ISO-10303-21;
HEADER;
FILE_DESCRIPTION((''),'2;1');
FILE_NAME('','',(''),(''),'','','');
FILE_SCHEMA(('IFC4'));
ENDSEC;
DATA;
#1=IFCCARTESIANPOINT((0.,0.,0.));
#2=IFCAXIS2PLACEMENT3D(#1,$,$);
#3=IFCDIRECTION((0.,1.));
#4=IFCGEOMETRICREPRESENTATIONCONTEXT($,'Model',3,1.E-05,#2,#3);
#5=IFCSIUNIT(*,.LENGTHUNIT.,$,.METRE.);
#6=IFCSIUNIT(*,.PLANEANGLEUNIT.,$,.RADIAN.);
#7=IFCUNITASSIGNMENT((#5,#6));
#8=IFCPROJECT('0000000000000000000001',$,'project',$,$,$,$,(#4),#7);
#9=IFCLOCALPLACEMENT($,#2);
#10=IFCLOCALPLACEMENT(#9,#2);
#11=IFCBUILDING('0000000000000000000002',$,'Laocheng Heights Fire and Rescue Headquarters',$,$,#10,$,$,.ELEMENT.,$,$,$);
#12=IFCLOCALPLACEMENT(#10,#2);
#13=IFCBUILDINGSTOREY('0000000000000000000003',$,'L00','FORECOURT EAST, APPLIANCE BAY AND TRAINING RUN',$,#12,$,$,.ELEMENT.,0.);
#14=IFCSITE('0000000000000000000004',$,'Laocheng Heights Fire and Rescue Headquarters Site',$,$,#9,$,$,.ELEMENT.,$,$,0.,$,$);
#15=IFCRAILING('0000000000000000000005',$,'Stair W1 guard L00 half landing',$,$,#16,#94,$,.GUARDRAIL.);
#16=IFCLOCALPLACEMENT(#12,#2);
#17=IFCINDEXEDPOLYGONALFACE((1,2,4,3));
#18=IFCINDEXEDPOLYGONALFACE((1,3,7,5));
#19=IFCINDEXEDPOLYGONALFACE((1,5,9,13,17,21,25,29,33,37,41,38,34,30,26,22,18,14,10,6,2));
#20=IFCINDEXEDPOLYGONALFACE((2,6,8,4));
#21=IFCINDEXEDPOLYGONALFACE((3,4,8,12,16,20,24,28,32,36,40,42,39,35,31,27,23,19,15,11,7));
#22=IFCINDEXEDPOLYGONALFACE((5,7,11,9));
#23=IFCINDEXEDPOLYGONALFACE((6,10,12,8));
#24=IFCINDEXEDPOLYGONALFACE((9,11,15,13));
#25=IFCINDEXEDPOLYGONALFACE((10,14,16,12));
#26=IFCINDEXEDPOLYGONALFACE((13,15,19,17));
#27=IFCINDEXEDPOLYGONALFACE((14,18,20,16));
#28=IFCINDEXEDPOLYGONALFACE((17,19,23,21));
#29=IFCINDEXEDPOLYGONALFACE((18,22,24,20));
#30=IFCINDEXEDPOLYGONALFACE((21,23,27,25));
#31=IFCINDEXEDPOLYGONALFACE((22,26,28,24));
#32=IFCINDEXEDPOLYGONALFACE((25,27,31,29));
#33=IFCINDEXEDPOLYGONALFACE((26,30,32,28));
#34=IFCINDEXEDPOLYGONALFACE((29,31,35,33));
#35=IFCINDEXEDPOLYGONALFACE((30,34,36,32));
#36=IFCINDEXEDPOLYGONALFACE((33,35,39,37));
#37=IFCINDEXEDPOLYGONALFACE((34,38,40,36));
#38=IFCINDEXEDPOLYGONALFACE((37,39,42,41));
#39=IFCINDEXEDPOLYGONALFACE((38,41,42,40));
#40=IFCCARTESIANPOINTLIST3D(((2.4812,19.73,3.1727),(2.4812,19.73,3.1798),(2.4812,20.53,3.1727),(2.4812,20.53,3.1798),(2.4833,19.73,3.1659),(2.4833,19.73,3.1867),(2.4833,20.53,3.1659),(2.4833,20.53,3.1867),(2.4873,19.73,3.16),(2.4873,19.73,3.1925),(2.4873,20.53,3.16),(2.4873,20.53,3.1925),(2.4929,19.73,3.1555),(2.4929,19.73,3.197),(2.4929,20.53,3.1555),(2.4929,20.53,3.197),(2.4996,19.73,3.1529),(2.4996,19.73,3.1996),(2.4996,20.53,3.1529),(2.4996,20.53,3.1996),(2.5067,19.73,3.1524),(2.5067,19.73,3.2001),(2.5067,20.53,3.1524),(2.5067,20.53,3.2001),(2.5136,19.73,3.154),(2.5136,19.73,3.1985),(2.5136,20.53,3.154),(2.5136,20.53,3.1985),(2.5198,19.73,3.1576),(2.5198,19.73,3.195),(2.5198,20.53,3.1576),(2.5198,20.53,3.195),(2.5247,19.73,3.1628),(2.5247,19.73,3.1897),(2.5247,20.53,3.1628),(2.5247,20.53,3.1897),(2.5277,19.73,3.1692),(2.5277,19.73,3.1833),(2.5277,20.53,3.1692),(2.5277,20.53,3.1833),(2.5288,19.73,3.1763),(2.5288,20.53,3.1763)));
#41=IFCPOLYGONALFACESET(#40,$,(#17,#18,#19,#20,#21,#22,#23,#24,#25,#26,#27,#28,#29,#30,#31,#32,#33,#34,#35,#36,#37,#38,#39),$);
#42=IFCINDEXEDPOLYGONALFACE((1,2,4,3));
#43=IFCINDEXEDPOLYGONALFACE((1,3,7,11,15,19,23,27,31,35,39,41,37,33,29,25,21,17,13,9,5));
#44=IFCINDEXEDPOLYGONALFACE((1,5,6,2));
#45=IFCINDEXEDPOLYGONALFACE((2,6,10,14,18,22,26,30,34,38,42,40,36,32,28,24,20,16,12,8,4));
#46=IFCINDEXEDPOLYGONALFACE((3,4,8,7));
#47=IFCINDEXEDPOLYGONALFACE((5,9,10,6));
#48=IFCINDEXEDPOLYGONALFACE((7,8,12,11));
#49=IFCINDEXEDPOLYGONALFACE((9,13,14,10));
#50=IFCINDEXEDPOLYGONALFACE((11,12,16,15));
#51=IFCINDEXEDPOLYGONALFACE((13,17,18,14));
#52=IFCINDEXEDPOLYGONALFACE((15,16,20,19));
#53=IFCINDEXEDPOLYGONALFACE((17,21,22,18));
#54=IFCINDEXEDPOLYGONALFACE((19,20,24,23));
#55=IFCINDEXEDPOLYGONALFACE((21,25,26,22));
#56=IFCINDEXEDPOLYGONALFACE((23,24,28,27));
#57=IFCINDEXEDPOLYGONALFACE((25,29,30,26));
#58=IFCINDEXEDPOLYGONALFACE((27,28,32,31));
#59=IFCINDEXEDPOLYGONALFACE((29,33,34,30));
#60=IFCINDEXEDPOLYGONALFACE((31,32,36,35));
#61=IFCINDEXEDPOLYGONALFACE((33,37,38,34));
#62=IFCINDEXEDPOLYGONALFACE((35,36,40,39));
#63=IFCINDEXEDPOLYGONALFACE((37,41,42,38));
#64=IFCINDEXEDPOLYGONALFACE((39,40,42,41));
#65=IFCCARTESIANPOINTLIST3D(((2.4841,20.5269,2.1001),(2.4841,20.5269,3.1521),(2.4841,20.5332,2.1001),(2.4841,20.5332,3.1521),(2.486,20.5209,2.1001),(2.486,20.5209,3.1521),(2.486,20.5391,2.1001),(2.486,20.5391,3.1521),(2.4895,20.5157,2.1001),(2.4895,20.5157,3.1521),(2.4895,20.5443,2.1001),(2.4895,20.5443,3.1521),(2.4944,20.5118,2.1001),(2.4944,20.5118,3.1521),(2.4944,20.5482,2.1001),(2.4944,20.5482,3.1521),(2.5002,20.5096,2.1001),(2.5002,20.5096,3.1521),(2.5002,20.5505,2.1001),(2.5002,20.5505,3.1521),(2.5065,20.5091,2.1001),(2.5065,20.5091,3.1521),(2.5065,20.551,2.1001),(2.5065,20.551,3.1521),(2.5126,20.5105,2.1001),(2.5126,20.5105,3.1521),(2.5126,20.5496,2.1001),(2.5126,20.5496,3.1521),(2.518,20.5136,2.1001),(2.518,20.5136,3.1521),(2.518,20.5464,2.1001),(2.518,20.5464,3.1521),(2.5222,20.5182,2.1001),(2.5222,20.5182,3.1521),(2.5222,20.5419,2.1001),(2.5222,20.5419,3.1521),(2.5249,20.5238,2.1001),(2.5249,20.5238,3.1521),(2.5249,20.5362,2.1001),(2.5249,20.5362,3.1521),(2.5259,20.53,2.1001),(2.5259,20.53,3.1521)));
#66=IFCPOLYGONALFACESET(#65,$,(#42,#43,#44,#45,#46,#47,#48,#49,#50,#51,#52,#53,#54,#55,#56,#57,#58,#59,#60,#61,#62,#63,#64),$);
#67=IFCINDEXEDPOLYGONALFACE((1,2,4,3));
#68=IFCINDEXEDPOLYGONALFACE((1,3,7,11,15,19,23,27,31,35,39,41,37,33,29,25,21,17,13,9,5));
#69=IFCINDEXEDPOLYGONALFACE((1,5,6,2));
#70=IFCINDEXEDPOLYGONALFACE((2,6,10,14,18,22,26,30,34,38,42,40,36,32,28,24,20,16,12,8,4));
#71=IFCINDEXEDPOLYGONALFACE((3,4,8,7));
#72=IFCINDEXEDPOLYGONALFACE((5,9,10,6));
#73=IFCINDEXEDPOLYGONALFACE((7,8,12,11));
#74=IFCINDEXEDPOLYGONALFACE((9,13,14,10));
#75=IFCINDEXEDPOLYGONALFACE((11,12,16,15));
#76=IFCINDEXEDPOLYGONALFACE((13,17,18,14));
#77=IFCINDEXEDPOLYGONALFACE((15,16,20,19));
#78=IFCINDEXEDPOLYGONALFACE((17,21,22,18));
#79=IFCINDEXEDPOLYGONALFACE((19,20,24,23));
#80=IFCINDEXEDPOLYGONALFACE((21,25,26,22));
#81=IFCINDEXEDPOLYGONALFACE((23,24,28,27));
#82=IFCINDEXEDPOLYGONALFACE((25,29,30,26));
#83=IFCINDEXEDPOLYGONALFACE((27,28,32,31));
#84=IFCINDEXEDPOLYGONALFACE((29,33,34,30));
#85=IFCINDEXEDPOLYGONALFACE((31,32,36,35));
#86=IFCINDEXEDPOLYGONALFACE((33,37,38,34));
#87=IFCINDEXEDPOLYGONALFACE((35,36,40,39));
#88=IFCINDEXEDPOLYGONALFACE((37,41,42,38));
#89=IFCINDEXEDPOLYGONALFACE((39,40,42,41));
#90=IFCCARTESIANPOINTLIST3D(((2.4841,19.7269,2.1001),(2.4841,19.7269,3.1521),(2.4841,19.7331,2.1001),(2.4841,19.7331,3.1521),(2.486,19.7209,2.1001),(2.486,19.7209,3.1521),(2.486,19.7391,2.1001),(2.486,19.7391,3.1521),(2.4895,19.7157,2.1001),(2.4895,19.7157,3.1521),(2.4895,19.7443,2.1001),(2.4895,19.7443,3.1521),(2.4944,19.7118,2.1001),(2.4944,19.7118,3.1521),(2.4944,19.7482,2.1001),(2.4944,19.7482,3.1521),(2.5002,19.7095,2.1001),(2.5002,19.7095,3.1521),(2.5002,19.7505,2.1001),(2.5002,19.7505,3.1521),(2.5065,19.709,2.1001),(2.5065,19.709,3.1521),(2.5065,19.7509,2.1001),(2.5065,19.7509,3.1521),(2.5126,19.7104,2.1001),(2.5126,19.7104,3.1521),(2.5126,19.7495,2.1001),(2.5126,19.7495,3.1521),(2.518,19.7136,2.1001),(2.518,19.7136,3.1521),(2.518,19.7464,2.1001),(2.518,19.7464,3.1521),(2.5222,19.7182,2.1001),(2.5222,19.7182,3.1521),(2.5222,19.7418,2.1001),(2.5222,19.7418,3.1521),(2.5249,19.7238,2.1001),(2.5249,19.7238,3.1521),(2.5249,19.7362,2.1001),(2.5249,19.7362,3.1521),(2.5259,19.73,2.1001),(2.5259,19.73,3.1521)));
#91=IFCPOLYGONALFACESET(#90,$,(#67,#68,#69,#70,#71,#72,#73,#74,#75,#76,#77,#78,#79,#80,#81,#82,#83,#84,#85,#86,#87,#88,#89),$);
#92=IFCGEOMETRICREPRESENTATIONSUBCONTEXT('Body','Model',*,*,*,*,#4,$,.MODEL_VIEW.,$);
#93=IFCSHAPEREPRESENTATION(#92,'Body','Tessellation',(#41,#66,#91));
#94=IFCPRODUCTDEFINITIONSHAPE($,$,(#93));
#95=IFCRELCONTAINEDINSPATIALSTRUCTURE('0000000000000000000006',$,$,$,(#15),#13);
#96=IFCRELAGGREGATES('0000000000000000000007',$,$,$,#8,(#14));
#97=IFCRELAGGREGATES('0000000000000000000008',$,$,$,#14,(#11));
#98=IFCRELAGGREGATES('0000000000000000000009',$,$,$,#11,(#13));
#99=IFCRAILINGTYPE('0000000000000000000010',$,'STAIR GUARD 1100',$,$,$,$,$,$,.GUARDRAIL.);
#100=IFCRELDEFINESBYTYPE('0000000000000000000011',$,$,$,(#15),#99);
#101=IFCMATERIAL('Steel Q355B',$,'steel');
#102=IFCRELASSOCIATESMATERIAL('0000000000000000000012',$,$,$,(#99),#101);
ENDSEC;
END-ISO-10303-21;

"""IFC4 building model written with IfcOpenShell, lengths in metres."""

from ifc_helpers import new_model, si_unit, direction, frame, origin, origin_2d, place, context, subcontext, project, spatial, circle, extrude, material, type_object, element, save


model = new_model("IFC4")

# Units and contexts
model_context = context("Model", 3, precision=1e-05, world=origin(), true_north=direction((0.0, 1.0)))
body_context = subcontext(model_context, "Body", "Model", "MODEL_VIEW")
ifc_project = project(units=[si_unit("LENGTHUNIT", "METRE"), si_unit("PLANEANGLEUNIT", "RADIAN")], contexts=[model_context])

# Site, building, storey
site_placement = place(None, origin())
site = spatial("IfcSite", under=ifc_project, at=site_placement, Name="Laocheng Heights Fire and Rescue Headquarters Site", CompositionType="ELEMENT", RefElevation=0.0)
building_placement = place(site_placement, origin())
building = spatial("IfcBuilding", under=site, at=building_placement, Name="Laocheng Heights Fire and Rescue Headquarters", CompositionType="ELEMENT")
storey_placement = place(building_placement, origin())
storey = spatial("IfcBuildingStorey", under=building, at=storey_placement, Name="L00", Description="FORECOURT EAST, APPLIANCE BAY AND TRAINING RUN", CompositionType="ELEMENT", Elevation=0.0)

# Railing
ifc_material_1 = material(Name="Steel Q355B", Category="steel")
railing_type_1 = type_object("IfcRailingType", Name="STAIR GUARD 1100", PredefinedType="GUARDRAIL", material=ifc_material_1)
railing_1_placement = place(storey_placement, frame((2.5049, 20.53, 2.1001)))
element("IfcRailing", 1, at=railing_1_placement, inside=storey, type_object=railing_type_1, Name="Stair W1 guard L00 half landing", PredefinedType="GUARDRAIL", context=body_context, shape_type="SweptSolid", body=[
    extrude(circle(Radius=0.0239, at=origin_2d()), frame((0.0, 0.0, 1.0762), z_axis=(0.0, -1.0, 0.0), x_axis=(1.0, 0.0, 0.0)), (0.0, 0.0, 1.0), 0.8),
    extrude(circle(Radius=0.021, at=origin_2d()), origin(), (0.0, 0.0, 1.0), 1.052),
    extrude(circle(Radius=0.021, at=origin_2d()), frame((0.0, -0.8, 0.0)), (0.0, 0.0, 1.0), 1.052),
])

save(model, "model.ifc")
